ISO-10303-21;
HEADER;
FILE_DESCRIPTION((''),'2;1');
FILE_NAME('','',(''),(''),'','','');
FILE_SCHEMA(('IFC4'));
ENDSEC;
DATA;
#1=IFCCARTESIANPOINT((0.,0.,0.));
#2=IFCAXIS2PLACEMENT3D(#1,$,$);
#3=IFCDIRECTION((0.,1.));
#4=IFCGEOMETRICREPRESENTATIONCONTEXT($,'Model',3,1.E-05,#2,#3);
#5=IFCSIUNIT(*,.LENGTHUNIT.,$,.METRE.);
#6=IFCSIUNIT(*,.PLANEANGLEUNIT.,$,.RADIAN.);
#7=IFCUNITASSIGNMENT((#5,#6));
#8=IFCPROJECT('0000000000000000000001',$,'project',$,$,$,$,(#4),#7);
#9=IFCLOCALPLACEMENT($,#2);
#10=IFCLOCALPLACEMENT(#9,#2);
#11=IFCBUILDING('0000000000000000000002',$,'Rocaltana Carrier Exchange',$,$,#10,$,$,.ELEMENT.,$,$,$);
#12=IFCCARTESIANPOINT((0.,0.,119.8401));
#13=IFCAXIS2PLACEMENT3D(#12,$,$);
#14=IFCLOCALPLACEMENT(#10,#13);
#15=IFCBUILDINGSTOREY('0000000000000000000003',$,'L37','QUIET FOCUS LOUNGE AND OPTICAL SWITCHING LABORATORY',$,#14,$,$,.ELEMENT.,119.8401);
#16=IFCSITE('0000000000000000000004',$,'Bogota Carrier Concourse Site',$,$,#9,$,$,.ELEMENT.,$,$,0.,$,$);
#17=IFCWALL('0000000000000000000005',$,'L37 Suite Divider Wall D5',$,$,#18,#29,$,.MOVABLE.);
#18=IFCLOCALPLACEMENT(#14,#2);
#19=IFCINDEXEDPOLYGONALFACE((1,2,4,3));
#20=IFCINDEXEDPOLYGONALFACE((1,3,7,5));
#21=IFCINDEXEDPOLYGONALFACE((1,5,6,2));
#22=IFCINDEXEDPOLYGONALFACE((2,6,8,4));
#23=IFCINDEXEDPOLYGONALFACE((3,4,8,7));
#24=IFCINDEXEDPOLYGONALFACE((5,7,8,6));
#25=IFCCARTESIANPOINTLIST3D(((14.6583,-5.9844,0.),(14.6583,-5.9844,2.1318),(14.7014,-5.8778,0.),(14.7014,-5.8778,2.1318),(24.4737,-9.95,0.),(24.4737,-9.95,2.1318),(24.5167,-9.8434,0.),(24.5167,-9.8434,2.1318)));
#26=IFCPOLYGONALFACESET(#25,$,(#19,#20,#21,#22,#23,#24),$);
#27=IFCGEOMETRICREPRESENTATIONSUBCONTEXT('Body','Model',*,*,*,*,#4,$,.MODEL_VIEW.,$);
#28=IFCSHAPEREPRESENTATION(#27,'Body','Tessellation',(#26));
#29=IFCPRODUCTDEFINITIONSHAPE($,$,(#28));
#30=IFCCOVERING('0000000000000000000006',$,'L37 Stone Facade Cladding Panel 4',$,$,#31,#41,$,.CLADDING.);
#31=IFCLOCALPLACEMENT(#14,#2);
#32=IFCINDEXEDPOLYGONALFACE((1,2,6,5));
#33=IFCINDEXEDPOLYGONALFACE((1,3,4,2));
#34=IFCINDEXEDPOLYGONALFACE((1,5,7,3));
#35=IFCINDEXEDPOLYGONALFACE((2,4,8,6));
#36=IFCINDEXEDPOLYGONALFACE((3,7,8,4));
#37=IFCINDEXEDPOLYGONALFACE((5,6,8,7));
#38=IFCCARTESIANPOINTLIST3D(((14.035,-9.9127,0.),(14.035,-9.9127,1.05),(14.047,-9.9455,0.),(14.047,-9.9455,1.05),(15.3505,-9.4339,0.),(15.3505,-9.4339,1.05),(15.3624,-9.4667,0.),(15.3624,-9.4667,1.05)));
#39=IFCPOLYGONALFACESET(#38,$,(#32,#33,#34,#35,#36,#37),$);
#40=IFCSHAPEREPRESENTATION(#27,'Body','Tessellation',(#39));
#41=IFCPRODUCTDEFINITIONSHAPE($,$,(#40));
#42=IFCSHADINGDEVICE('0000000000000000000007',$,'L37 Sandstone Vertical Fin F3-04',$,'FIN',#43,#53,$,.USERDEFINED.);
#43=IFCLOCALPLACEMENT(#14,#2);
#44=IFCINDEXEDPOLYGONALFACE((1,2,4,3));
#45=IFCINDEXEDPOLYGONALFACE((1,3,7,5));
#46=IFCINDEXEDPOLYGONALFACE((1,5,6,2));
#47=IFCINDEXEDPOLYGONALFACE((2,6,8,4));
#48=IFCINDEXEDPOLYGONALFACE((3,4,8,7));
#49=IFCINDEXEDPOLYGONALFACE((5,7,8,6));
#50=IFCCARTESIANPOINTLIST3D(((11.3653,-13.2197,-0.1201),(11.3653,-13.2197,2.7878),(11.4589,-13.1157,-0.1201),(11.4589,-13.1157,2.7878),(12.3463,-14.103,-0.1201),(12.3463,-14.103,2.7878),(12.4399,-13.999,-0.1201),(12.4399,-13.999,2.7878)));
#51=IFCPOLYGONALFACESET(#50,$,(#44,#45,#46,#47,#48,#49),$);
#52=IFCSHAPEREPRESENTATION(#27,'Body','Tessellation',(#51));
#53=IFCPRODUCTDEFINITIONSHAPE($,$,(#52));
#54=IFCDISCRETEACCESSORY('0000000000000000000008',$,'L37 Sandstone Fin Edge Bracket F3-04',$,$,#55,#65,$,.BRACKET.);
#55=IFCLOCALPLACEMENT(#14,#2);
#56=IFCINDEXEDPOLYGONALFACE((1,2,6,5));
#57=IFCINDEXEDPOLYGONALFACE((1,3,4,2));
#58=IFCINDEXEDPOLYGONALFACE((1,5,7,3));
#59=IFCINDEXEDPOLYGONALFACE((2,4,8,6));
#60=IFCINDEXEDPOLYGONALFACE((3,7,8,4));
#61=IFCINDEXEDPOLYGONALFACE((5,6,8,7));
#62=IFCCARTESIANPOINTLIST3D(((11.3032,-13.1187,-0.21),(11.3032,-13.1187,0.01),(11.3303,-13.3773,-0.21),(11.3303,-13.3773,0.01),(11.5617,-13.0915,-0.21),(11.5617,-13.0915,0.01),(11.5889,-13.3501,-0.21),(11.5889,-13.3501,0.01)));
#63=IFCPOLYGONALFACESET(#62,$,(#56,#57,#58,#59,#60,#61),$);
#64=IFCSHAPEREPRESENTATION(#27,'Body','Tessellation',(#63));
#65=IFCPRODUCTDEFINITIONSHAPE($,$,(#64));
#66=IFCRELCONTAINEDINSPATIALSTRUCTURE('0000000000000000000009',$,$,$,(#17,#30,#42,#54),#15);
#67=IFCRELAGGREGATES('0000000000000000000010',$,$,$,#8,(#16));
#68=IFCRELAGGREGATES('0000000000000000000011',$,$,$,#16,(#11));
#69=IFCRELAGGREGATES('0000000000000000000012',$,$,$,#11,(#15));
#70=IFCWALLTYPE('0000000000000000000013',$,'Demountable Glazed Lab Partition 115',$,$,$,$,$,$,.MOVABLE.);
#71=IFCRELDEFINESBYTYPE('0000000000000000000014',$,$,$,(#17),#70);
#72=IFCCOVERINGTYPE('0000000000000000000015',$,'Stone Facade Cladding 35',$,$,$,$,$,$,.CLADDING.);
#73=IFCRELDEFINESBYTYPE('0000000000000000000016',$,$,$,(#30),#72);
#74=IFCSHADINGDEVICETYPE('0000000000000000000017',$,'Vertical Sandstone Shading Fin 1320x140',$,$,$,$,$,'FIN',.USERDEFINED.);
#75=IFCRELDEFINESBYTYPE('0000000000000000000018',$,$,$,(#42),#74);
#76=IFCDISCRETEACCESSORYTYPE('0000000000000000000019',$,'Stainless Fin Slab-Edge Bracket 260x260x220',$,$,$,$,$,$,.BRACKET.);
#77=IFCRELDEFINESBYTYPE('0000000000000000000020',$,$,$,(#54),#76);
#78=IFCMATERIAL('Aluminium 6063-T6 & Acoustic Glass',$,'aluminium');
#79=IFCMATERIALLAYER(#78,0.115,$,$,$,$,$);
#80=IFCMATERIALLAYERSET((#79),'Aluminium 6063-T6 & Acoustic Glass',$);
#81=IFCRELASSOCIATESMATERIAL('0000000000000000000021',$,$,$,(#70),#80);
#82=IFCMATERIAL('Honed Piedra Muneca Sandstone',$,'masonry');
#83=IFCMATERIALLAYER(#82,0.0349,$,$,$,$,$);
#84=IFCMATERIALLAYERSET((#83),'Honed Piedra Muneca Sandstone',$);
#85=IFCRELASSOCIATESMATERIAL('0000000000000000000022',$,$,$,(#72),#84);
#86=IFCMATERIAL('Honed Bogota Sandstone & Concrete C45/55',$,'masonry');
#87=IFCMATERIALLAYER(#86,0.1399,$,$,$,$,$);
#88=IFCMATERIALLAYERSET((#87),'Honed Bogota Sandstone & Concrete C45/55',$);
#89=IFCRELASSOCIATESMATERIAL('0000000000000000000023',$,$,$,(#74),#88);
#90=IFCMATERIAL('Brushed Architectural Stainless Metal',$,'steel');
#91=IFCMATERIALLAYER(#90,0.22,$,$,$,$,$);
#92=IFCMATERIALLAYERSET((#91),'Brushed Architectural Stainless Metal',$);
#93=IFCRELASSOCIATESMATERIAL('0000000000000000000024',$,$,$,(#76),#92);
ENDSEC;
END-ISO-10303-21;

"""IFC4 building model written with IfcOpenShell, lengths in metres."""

from ifc_helpers import new_model, si_unit, direction, frame, frame_2d, origin, origin_2d, place, context, subcontext, project, spatial, rectangle, extrude, material, layer, layer_set, type_object, element, save


model = new_model("IFC4")

# Units and contexts
model_context = context("Model", 3, precision=1e-05, world=origin(), true_north=direction((0.0, 1.0)))
body_context = subcontext(model_context, "Body", "Model", "MODEL_VIEW")
ifc_project = project(units=[si_unit("LENGTHUNIT", "METRE"), si_unit("PLANEANGLEUNIT", "RADIAN")], contexts=[model_context])

# Site, building, storey
site_placement = place(None, origin())
site = spatial("IfcSite", under=ifc_project, at=site_placement, Name="Bogota Carrier Concourse Site", CompositionType="ELEMENT", RefElevation=0.0)
building_placement = place(site_placement, origin())
building = spatial("IfcBuilding", under=site, at=building_placement, Name="Rocaltana Carrier Exchange", CompositionType="ELEMENT")
storey_placement = place(building_placement, frame((0.0, 0.0, 119.8401)))
storey = spatial("IfcBuildingStorey", under=building, at=storey_placement, Name="L37", Description="QUIET FOCUS LOUNGE AND OPTICAL SWITCHING LABORATORY", CompositionType="ELEMENT", Elevation=119.8401)

# Wall
ifc_material_1 = material(Name="Aluminium 6063-T6 & Acoustic Glass", Category="aluminium")
ifc_layer_1 = layer(ifc_material_1, 0.115)
ifc_layer_set_1 = layer_set([ifc_layer_1], Name="Aluminium 6063-T6 & Acoustic Glass")
wall_type_1 = type_object("IfcWallType", Name="Demountable Glazed Lab Partition 115", PredefinedType="MOVABLE", material=ifc_layer_set_1)
wall_1_placement = place(storey_placement, frame((14.6799, -5.9312, 0.0), z_axis=(0.0, 0.0, 1.0), x_axis=(0.927188, -0.374597, 0.0)))
element("IfcWall", 1, at=wall_1_placement, inside=storey, type_object=wall_type_1, Name="L37 Suite Divider Wall D5", PredefinedType="MOVABLE", context=body_context, shape_type="SweptSolid", body=[
    extrude(rectangle(XDim=10.5862, YDim=0.115, at=frame_2d((5.293, 0.0))), origin(), (0.0, 0.0, 1.0), 2.1318),
])

# Covering
ifc_material_2 = material(Name="Honed Piedra Muneca Sandstone", Category="masonry")
ifc_layer_2 = layer(ifc_material_2, 0.0349)
ifc_layer_set_2 = layer_set([ifc_layer_2], Name="Honed Piedra Muneca Sandstone")
covering_type = type_object("IfcCoveringType", Name="Stone Facade Cladding 35", PredefinedType="CLADDING", material=ifc_layer_set_2)
covering_placement = place(storey_placement, frame((14.6987, -9.6897, 0.0), z_axis=(0.0, 0.0, 1.0), x_axis=(0.939693, 0.34202, 0.0)))
element("IfcCovering", 2, at=covering_placement, inside=storey, type_object=covering_type, Name="L37 Stone Facade Cladding Panel 4", PredefinedType="CLADDING", context=body_context, shape_type="SweptSolid", body=[
    extrude(rectangle(XDim=1.3999, YDim=0.0349, at=origin_2d()), origin(), (0.0, 0.0, 1.0), 1.05),
])

# Shading device
ifc_material_3 = material(Name="Honed Bogota Sandstone & Concrete C45/55", Category="masonry")
ifc_layer_3 = layer(ifc_material_3, 0.1399)
ifc_layer_set_3 = layer_set([ifc_layer_3], Name="Honed Bogota Sandstone & Concrete C45/55")
shading_device_type = type_object("IfcShadingDeviceType", Name="Vertical Sandstone Shading Fin 1320x140", ElementType="FIN", PredefinedType="USERDEFINED", material=ifc_layer_set_3)
shading_device_placement = place(storey_placement, frame((11.9026, -13.6094, -0.1201), z_axis=(0.0, 0.0, 1.0), x_axis=(0.743145, -0.669131, 0.0)))
element("IfcShadingDevice", 3, at=shading_device_placement, inside=storey, type_object=shading_device_type, Name="L37 Sandstone Vertical Fin F3-04", ObjectType="FIN", PredefinedType="USERDEFINED", context=body_context, shape_type="SweptSolid", body=[
    extrude(rectangle(XDim=1.3201, YDim=0.1399, at=origin_2d()), origin(), (0.0, 0.0, 1.0), 2.908),
])

# Discrete accessory
ifc_material_4 = material(Name="Brushed Architectural Stainless Metal", Category="steel")
ifc_layer_4 = layer(ifc_material_4, 0.22)
ifc_layer_set_4 = layer_set([ifc_layer_4], Name="Brushed Architectural Stainless Metal")
discrete_accessory_type = type_object("IfcDiscreteAccessoryType", Name="Stainless Fin Slab-Edge Bracket 260x260x220", PredefinedType="BRACKET", material=ifc_layer_set_4)
discrete_accessory_placement = place(storey_placement, frame((11.446, -13.2344, -0.21), z_axis=(0.0, 0.0, 1.0), x_axis=(0.994522, 0.104528, 0.0)))
element("IfcDiscreteAccessory", 4, at=discrete_accessory_placement, inside=storey, type_object=discrete_accessory_type, Name="L37 Sandstone Fin Edge Bracket F3-04", PredefinedType="BRACKET", context=body_context, shape_type="SweptSolid", body=[
    extrude(rectangle(XDim=0.26, YDim=0.26, at=origin_2d()), origin(), (0.0, 0.0, 1.0), 0.22),
])

save(model, "model.ifc")
